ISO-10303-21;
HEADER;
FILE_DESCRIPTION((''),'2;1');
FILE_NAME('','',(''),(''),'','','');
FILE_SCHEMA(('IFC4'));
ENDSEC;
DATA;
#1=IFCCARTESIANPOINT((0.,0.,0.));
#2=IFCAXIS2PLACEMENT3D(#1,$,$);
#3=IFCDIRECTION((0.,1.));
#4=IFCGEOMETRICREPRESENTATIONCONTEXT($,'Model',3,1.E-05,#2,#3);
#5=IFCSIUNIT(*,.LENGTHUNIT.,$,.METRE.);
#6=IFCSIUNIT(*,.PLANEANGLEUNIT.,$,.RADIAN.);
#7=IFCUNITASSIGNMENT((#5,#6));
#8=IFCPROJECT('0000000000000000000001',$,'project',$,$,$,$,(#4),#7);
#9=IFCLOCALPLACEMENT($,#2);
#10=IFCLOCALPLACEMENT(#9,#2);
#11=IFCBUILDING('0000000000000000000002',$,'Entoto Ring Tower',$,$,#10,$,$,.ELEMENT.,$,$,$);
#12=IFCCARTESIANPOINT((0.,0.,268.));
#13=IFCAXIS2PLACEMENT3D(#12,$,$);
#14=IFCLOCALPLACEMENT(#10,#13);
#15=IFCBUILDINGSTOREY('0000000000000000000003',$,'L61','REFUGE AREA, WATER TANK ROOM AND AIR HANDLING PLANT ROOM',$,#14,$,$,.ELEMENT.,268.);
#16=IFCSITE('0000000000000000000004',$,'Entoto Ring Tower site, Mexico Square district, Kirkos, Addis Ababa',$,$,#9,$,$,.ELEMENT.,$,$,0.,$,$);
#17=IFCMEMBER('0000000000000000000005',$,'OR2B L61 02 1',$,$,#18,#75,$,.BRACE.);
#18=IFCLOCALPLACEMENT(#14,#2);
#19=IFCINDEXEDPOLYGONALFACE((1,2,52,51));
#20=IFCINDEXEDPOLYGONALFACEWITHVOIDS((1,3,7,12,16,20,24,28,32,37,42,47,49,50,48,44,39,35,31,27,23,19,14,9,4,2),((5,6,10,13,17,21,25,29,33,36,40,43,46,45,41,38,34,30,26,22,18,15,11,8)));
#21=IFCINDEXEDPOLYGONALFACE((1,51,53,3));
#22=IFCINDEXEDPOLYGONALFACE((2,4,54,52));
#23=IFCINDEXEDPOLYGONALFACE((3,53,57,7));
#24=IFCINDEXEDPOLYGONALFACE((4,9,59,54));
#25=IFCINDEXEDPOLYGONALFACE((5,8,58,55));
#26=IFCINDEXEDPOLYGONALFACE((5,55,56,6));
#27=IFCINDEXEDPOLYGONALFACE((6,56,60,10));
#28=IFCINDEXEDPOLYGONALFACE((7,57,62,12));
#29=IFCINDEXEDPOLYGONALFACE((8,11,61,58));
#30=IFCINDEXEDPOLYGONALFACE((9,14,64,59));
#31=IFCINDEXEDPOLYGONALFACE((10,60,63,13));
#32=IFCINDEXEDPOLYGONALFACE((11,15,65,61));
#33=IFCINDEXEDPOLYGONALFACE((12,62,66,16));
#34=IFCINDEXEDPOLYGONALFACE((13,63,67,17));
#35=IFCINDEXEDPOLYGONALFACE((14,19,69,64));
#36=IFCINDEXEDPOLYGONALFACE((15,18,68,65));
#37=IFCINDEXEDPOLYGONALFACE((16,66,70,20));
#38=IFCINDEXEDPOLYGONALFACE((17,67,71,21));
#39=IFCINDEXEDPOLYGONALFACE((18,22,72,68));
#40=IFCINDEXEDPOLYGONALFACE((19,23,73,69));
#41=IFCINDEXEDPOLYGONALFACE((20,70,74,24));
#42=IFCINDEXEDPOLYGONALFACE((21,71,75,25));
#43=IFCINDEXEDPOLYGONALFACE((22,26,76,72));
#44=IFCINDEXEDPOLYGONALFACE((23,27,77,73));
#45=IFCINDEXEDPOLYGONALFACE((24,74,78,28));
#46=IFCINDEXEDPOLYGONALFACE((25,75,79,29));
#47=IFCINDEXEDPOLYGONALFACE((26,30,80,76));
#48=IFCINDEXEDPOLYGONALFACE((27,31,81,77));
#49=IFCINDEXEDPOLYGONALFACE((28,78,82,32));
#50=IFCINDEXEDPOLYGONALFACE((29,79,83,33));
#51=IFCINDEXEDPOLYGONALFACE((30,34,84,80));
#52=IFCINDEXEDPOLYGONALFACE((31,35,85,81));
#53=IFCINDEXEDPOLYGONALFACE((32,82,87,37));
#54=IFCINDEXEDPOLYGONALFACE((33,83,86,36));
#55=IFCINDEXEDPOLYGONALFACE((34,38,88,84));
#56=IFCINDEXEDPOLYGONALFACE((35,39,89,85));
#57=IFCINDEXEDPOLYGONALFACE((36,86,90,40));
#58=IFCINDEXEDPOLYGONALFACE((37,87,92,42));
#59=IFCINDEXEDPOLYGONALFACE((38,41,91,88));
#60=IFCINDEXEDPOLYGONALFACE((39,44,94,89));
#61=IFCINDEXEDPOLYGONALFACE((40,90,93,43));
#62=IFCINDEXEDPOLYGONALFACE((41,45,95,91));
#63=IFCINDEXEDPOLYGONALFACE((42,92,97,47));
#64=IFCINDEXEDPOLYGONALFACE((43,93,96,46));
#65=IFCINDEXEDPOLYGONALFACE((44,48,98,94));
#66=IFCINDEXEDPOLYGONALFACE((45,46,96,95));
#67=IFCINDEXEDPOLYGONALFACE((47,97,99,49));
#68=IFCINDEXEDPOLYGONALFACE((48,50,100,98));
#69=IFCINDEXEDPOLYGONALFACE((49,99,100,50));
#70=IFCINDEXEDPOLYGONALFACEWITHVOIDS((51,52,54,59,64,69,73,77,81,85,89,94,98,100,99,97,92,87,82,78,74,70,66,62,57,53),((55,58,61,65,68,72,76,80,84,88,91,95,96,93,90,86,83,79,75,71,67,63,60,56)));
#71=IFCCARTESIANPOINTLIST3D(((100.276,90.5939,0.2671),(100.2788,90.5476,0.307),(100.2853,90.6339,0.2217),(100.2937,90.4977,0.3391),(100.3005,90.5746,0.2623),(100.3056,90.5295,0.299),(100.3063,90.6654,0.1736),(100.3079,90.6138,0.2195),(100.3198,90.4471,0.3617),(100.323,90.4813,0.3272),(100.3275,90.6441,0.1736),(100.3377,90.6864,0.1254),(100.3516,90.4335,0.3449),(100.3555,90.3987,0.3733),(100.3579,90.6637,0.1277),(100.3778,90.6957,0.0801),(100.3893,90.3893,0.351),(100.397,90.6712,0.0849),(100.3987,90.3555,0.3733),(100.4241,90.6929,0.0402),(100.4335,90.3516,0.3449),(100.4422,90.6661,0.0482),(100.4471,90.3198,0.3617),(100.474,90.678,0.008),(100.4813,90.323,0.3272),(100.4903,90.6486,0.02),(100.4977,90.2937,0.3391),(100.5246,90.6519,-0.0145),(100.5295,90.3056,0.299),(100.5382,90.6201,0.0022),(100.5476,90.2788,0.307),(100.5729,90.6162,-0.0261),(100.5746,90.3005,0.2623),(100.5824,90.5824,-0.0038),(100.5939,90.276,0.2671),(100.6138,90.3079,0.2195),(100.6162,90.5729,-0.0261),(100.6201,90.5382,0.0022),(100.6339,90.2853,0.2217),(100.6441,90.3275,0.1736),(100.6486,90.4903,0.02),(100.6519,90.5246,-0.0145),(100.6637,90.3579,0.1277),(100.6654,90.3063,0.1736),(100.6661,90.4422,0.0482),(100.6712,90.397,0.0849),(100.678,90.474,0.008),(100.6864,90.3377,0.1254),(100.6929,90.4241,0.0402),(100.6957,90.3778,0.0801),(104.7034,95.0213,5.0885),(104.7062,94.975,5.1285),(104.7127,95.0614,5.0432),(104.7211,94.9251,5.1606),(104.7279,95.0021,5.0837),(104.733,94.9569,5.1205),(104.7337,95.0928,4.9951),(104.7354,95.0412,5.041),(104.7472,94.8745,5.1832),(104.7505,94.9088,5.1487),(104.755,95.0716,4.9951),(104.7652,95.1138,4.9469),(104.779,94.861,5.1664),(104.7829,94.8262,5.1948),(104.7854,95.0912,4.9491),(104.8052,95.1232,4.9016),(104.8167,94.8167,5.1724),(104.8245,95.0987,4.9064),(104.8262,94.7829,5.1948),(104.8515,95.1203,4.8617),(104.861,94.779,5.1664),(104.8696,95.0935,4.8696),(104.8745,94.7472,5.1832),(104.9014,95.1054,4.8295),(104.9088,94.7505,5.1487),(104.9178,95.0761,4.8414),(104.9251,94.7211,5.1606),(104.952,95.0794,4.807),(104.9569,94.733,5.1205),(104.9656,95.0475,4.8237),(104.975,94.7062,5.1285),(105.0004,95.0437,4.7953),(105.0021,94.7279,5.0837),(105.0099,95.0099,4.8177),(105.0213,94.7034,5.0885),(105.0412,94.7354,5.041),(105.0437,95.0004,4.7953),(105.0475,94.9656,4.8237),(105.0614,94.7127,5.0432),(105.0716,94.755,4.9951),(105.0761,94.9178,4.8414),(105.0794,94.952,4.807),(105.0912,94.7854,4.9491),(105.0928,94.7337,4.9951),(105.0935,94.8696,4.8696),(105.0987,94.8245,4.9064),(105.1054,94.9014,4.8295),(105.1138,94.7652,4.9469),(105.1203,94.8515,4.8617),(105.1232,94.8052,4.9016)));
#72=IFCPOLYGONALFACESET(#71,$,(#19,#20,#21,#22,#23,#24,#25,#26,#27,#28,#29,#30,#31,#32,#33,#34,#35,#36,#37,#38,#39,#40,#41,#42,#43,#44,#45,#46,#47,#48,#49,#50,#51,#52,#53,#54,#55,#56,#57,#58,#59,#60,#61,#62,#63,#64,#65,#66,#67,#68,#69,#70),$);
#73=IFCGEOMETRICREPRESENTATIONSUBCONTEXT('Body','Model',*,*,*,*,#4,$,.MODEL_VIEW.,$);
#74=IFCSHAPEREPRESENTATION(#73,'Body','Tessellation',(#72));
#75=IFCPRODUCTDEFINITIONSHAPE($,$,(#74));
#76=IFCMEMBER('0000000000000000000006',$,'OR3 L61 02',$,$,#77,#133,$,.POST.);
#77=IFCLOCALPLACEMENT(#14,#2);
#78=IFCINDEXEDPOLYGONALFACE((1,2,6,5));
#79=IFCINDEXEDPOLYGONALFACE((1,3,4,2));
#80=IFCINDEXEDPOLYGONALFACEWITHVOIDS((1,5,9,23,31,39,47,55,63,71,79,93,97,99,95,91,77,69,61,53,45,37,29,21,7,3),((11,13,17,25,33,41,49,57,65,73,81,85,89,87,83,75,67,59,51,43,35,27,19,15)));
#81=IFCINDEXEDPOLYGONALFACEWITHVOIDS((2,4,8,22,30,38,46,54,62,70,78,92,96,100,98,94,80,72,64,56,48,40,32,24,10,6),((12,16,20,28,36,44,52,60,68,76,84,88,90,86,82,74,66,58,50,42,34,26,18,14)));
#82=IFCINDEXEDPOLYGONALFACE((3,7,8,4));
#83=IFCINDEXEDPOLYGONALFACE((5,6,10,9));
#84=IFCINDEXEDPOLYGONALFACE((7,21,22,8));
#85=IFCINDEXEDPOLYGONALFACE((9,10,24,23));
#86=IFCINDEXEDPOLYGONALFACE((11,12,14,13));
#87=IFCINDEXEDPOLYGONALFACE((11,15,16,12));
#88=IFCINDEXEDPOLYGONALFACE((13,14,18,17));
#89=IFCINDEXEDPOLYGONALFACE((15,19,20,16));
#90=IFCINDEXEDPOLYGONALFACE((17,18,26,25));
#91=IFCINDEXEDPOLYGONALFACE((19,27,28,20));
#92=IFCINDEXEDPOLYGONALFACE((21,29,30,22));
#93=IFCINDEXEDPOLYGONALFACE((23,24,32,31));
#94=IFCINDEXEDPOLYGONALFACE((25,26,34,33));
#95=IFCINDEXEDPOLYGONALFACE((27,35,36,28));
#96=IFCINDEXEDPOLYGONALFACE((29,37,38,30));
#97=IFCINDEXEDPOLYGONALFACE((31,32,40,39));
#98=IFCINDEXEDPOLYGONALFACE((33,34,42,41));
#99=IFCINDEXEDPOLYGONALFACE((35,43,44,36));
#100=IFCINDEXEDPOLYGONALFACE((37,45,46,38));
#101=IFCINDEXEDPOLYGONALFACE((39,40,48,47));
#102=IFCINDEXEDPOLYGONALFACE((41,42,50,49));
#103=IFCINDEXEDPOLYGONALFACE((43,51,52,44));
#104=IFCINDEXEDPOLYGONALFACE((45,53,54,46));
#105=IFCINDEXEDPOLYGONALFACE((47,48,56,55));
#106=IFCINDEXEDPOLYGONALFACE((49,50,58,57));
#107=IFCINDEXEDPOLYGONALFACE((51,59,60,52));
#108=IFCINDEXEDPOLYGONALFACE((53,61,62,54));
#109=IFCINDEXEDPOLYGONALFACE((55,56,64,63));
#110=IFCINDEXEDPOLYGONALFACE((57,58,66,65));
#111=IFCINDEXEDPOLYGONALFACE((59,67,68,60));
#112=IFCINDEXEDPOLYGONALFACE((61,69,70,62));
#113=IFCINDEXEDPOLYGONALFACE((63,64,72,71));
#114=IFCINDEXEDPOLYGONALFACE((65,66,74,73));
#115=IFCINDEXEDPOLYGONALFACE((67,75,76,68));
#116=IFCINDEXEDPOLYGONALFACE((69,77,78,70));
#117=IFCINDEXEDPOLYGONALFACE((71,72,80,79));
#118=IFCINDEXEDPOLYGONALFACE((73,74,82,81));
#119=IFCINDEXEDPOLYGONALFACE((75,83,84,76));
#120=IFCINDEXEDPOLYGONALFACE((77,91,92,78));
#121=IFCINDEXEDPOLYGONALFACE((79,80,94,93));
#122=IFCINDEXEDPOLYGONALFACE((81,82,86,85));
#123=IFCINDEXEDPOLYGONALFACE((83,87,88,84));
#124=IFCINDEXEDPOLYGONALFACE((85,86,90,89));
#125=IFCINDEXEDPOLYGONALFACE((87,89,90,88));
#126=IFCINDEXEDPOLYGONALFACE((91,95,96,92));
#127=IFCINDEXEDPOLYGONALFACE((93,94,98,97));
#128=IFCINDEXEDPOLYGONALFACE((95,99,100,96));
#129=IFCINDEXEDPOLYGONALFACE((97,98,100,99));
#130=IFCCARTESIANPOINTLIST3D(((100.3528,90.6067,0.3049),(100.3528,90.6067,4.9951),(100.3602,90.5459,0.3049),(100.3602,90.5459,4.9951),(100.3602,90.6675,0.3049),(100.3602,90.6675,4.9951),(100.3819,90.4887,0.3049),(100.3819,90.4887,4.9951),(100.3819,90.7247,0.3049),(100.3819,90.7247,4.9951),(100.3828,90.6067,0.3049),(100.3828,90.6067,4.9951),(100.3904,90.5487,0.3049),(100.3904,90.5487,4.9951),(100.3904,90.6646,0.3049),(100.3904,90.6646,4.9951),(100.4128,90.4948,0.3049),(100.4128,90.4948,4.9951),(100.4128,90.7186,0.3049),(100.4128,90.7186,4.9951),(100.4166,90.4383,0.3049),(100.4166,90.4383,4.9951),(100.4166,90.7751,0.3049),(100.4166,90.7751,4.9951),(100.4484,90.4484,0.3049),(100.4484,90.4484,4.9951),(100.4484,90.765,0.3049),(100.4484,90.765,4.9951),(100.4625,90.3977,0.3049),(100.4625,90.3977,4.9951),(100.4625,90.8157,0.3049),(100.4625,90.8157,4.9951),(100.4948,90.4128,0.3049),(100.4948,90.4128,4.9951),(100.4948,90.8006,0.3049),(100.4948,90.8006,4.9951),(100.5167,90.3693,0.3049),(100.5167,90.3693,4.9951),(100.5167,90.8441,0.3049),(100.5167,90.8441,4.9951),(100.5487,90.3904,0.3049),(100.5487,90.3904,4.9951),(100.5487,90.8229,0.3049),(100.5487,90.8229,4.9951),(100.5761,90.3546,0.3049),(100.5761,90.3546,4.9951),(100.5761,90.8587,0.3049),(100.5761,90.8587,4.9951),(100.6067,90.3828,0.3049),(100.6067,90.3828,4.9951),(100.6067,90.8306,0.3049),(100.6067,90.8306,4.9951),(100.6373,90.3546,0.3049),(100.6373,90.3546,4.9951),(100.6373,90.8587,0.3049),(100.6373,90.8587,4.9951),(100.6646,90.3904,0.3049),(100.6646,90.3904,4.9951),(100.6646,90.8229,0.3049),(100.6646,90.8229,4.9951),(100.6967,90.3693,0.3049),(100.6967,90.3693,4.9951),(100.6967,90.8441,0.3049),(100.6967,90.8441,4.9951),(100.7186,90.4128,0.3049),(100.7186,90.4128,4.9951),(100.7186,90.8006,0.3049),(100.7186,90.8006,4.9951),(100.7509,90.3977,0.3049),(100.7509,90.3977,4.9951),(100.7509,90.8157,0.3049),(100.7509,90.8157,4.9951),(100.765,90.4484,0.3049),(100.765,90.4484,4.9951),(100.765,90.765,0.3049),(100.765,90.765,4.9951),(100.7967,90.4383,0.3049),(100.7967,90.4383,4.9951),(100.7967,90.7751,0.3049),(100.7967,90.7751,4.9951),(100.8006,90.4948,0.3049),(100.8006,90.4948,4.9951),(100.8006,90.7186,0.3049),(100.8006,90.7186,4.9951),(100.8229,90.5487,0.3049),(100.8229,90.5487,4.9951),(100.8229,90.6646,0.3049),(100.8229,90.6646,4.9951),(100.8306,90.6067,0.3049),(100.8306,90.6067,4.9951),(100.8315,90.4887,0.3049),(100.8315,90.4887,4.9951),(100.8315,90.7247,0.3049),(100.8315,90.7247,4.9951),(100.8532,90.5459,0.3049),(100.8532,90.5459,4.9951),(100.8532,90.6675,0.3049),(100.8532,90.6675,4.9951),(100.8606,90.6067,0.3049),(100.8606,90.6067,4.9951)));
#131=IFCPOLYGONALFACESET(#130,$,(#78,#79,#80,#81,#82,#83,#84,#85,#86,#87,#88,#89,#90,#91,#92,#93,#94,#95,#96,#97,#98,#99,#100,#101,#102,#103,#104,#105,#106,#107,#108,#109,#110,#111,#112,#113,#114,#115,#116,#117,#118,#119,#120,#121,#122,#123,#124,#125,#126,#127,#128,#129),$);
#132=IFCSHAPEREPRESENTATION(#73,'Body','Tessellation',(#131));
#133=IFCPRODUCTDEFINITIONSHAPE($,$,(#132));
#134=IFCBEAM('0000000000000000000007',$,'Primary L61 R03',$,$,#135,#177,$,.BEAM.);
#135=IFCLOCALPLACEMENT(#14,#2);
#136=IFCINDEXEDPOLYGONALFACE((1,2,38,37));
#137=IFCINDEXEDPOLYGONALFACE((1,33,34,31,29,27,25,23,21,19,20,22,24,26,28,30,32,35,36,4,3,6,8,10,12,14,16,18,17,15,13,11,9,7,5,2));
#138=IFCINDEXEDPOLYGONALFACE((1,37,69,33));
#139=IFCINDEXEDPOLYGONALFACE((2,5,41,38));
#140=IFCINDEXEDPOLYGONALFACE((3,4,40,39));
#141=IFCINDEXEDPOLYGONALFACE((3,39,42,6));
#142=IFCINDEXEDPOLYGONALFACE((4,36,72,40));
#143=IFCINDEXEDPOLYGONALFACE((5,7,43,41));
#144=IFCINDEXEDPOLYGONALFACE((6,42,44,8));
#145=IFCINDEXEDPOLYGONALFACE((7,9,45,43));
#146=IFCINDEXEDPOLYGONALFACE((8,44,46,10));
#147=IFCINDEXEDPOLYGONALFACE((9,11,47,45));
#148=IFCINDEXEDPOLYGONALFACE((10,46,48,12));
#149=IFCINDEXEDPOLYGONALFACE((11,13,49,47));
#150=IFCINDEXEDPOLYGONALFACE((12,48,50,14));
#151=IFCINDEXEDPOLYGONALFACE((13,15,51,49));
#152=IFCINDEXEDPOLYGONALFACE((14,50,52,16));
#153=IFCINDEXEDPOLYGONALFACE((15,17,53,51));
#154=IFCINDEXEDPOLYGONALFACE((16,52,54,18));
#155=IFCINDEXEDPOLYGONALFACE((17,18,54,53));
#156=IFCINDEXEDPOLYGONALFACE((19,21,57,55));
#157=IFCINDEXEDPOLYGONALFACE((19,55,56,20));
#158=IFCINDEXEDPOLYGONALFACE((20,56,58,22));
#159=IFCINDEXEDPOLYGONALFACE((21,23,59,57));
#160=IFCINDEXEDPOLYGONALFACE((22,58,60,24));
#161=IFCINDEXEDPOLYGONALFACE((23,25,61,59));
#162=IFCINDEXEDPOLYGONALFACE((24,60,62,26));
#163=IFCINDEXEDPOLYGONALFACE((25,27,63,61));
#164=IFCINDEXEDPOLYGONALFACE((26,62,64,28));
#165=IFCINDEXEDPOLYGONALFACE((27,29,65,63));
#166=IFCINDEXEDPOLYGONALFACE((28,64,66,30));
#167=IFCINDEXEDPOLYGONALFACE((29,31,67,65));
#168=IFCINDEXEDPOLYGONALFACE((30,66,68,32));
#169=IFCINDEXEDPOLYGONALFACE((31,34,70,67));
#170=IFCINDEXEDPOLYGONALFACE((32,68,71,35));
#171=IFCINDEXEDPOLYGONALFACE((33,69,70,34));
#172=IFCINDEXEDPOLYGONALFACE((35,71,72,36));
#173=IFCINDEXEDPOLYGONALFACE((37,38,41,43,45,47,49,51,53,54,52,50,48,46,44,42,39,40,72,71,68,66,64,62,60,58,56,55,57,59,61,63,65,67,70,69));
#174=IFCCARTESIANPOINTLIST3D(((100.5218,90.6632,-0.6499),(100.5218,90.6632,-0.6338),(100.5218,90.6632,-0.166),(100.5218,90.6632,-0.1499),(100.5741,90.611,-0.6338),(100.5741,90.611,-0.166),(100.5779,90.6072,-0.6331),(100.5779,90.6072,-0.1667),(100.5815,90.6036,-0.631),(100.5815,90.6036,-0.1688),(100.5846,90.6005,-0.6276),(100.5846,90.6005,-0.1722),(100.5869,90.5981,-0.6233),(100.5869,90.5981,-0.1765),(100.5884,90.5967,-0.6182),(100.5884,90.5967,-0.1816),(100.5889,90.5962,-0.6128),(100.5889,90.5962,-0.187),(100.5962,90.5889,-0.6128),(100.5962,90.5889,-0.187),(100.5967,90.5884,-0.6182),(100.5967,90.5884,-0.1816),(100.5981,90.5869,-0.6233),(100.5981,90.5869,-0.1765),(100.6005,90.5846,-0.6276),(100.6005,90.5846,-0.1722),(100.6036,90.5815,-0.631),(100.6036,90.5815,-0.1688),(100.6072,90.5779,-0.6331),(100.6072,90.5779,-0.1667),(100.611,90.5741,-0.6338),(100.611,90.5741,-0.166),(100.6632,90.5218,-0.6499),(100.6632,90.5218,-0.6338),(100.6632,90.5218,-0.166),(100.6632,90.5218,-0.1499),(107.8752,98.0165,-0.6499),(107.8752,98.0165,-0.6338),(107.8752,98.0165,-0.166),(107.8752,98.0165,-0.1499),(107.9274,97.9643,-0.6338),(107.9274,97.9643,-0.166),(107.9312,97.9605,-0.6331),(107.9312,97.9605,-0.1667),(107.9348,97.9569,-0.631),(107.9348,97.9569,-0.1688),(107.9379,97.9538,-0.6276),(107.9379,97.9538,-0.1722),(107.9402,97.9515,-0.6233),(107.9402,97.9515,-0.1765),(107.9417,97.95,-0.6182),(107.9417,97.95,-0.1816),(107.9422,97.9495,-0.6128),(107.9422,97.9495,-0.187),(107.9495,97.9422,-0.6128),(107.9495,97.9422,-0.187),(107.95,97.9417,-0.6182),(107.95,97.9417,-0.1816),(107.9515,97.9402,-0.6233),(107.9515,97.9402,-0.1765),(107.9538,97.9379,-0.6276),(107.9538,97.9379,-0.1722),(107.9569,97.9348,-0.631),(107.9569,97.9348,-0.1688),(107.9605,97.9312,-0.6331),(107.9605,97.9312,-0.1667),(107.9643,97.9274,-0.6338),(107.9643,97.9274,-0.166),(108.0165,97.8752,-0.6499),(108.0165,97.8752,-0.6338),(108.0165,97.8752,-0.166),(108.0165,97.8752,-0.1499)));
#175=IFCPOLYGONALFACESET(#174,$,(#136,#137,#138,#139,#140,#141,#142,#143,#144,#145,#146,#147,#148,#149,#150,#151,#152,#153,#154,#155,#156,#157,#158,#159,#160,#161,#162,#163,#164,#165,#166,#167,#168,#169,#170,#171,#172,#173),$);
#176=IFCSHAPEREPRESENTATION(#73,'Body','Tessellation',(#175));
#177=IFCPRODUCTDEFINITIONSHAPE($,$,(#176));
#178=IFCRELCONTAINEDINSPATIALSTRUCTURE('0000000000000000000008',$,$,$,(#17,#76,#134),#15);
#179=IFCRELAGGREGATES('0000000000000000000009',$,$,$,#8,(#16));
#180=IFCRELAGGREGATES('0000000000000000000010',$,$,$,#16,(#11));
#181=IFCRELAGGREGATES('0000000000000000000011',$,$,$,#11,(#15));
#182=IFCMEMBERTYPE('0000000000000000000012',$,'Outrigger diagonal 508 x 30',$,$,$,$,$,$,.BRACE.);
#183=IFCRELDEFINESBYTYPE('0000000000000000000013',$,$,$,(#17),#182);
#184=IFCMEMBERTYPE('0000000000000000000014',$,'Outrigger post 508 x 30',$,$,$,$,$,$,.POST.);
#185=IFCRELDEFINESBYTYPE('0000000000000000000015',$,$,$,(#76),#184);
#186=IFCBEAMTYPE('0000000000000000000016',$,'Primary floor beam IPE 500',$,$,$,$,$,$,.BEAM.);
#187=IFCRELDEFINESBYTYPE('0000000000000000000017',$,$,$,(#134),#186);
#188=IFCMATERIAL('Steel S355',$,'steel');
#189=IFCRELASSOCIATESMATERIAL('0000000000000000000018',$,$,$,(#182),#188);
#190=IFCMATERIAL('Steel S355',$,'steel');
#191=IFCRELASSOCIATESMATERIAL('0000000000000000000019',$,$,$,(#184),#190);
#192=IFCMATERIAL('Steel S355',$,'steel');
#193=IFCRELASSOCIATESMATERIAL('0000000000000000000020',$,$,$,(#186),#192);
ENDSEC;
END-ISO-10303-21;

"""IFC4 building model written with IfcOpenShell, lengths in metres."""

from ifc_helpers import new_model, si_unit, direction, frame, origin, origin_2d, place, context, subcontext, project, spatial, circle, hollow_circle, i_section, extrude, material, material_profile, profile_set, type_object, element, save


model = new_model("IFC4")

# Units and contexts
model_context = context("Model", 3, precision=1e-05, world=origin(), true_north=direction((0.0, 1.0)))
body_context = subcontext(model_context, "Body", "Model", "MODEL_VIEW")
ifc_project = project(units=[si_unit("LENGTHUNIT", "METRE"), si_unit("PLANEANGLEUNIT", "RADIAN")], contexts=[model_context])

# Site, building, storey
site_placement = place(None, origin())
site = spatial("IfcSite", under=ifc_project, at=site_placement, Name="Entoto Ring Tower site, Mexico Square district, Kirkos, Addis Ababa", CompositionType="ELEMENT", RefElevation=0.0)
building_placement = place(site_placement, origin())
building = spatial("IfcBuilding", under=site, at=building_placement, Name="Entoto Ring Tower", CompositionType="ELEMENT")
storey_placement = place(building_placement, frame((0.0, 0.0, 268.0)))
storey = spatial("IfcBuildingStorey", under=building, at=storey_placement, Name="L61", Description="REFUGE AREA, WATER TANK ROOM AND AIR HANDLING PLANT ROOM", CompositionType="ELEMENT", Elevation=268.0)

# Members
ifc_material_1 = material(Name="Steel S355", Category="steel")
ifc_material_profile_1 = material_profile(ifc_material_1, hollow_circle(Radius=0.2539, WallThickness=0.03, at=origin_2d()), Name="CHS 508 x 30")
ifc_material_2 = material(Name="Concrete C60/75", Category="concrete")
ifc_material_profile_2 = material_profile(ifc_material_2, circle(Radius=0.2241, at=origin_2d()), Name="Concrete C60/75 infill")
ifc_profile_set_1 = profile_set([ifc_material_profile_1, ifc_material_profile_2], Name="Steel S355")
member_type_1 = type_object("IfcMemberType", Name="Outrigger diagonal 508 x 30", PredefinedType="BRACE", material=ifc_profile_set_1)
member_1_placement = place(storey_placement, frame((100.4858, 90.4858, 0.1736), z_axis=(0.560251, 0.560251, 0.610113), x_axis=(-0.707107, 0.707107, 0.0)))
element("IfcMember", 1, at=member_1_placement, inside=storey, type_object=member_type_1, Name="OR2B L61 02 1", PredefinedType="BRACE", context=body_context, shape_type="SweptSolid", body=[
    extrude(hollow_circle(Radius=0.2539, WallThickness=0.03, at=origin_2d()), origin(), (0.0, 0.0, 1.0), 7.9026),
])
ifc_material_3 = material(Name="Steel S355", Category="steel")
ifc_material_profile_3 = material_profile(ifc_material_3, hollow_circle(Radius=0.2539, WallThickness=0.03, at=origin_2d()), Name="CHS 508 x 30")
ifc_material_4 = material(Name="Concrete C60/75", Category="concrete")
ifc_material_profile_4 = material_profile(ifc_material_4, circle(Radius=0.2241, at=origin_2d()), Name="Concrete C60/75 infill")
ifc_profile_set_2 = profile_set([ifc_material_profile_3, ifc_material_profile_4], Name="Steel S355")
member_type_2 = type_object("IfcMemberType", Name="Outrigger post 508 x 30", PredefinedType="POST", material=ifc_profile_set_2)
member_2_placement = place(storey_placement, frame((100.6067, 90.6067, 0.3049), z_axis=(0.0, 0.0, 1.0), x_axis=(1.0, 0.0, 0.0)))
element("IfcMember", 2, at=member_2_placement, inside=storey, type_object=member_type_2, Name="OR3 L61 02", PredefinedType="POST", context=body_context, shape_type="SweptSolid", body=[
    extrude(hollow_circle(Radius=0.2539, WallThickness=0.03, at=origin_2d()), origin(), (0.0, 0.0, 1.0), 4.6902),
])

# Beam
ifc_material_5 = material(Name="Steel S355", Category="steel")
ifc_material_profile_5 = material_profile(ifc_material_5, i_section(OverallWidth=0.2, OverallDepth=0.5, WebThickness=0.0103, FlangeThickness=0.0161, FilletRadius=0.021, at=origin_2d()), Name="IPE 500")
ifc_profile_set_3 = profile_set([ifc_material_profile_5], Name="Steel S355")
beam_type_1 = type_object("IfcBeamType", Name="Primary floor beam IPE 500", PredefinedType="BEAM", material=ifc_profile_set_3)
beam_1_placement = place(storey_placement, frame((100.5925, 90.5925, -0.3999), z_axis=(0.707107, 0.707107, 0.0), x_axis=(-0.707107, 0.707107, 0.0)))
element("IfcBeam", 3, at=beam_1_placement, inside=storey, type_object=beam_type_1, Name="Primary L61 R03", PredefinedType="BEAM", context=body_context, shape_type="SweptSolid", body=[
    extrude(i_section(OverallWidth=0.2, OverallDepth=0.5, WebThickness=0.0103, FlangeThickness=0.0161, FilletRadius=0.021, at=origin_2d()), origin(), (0.0, 0.0, 1.0), 10.3992),
])

save(model, "model.ifc")
